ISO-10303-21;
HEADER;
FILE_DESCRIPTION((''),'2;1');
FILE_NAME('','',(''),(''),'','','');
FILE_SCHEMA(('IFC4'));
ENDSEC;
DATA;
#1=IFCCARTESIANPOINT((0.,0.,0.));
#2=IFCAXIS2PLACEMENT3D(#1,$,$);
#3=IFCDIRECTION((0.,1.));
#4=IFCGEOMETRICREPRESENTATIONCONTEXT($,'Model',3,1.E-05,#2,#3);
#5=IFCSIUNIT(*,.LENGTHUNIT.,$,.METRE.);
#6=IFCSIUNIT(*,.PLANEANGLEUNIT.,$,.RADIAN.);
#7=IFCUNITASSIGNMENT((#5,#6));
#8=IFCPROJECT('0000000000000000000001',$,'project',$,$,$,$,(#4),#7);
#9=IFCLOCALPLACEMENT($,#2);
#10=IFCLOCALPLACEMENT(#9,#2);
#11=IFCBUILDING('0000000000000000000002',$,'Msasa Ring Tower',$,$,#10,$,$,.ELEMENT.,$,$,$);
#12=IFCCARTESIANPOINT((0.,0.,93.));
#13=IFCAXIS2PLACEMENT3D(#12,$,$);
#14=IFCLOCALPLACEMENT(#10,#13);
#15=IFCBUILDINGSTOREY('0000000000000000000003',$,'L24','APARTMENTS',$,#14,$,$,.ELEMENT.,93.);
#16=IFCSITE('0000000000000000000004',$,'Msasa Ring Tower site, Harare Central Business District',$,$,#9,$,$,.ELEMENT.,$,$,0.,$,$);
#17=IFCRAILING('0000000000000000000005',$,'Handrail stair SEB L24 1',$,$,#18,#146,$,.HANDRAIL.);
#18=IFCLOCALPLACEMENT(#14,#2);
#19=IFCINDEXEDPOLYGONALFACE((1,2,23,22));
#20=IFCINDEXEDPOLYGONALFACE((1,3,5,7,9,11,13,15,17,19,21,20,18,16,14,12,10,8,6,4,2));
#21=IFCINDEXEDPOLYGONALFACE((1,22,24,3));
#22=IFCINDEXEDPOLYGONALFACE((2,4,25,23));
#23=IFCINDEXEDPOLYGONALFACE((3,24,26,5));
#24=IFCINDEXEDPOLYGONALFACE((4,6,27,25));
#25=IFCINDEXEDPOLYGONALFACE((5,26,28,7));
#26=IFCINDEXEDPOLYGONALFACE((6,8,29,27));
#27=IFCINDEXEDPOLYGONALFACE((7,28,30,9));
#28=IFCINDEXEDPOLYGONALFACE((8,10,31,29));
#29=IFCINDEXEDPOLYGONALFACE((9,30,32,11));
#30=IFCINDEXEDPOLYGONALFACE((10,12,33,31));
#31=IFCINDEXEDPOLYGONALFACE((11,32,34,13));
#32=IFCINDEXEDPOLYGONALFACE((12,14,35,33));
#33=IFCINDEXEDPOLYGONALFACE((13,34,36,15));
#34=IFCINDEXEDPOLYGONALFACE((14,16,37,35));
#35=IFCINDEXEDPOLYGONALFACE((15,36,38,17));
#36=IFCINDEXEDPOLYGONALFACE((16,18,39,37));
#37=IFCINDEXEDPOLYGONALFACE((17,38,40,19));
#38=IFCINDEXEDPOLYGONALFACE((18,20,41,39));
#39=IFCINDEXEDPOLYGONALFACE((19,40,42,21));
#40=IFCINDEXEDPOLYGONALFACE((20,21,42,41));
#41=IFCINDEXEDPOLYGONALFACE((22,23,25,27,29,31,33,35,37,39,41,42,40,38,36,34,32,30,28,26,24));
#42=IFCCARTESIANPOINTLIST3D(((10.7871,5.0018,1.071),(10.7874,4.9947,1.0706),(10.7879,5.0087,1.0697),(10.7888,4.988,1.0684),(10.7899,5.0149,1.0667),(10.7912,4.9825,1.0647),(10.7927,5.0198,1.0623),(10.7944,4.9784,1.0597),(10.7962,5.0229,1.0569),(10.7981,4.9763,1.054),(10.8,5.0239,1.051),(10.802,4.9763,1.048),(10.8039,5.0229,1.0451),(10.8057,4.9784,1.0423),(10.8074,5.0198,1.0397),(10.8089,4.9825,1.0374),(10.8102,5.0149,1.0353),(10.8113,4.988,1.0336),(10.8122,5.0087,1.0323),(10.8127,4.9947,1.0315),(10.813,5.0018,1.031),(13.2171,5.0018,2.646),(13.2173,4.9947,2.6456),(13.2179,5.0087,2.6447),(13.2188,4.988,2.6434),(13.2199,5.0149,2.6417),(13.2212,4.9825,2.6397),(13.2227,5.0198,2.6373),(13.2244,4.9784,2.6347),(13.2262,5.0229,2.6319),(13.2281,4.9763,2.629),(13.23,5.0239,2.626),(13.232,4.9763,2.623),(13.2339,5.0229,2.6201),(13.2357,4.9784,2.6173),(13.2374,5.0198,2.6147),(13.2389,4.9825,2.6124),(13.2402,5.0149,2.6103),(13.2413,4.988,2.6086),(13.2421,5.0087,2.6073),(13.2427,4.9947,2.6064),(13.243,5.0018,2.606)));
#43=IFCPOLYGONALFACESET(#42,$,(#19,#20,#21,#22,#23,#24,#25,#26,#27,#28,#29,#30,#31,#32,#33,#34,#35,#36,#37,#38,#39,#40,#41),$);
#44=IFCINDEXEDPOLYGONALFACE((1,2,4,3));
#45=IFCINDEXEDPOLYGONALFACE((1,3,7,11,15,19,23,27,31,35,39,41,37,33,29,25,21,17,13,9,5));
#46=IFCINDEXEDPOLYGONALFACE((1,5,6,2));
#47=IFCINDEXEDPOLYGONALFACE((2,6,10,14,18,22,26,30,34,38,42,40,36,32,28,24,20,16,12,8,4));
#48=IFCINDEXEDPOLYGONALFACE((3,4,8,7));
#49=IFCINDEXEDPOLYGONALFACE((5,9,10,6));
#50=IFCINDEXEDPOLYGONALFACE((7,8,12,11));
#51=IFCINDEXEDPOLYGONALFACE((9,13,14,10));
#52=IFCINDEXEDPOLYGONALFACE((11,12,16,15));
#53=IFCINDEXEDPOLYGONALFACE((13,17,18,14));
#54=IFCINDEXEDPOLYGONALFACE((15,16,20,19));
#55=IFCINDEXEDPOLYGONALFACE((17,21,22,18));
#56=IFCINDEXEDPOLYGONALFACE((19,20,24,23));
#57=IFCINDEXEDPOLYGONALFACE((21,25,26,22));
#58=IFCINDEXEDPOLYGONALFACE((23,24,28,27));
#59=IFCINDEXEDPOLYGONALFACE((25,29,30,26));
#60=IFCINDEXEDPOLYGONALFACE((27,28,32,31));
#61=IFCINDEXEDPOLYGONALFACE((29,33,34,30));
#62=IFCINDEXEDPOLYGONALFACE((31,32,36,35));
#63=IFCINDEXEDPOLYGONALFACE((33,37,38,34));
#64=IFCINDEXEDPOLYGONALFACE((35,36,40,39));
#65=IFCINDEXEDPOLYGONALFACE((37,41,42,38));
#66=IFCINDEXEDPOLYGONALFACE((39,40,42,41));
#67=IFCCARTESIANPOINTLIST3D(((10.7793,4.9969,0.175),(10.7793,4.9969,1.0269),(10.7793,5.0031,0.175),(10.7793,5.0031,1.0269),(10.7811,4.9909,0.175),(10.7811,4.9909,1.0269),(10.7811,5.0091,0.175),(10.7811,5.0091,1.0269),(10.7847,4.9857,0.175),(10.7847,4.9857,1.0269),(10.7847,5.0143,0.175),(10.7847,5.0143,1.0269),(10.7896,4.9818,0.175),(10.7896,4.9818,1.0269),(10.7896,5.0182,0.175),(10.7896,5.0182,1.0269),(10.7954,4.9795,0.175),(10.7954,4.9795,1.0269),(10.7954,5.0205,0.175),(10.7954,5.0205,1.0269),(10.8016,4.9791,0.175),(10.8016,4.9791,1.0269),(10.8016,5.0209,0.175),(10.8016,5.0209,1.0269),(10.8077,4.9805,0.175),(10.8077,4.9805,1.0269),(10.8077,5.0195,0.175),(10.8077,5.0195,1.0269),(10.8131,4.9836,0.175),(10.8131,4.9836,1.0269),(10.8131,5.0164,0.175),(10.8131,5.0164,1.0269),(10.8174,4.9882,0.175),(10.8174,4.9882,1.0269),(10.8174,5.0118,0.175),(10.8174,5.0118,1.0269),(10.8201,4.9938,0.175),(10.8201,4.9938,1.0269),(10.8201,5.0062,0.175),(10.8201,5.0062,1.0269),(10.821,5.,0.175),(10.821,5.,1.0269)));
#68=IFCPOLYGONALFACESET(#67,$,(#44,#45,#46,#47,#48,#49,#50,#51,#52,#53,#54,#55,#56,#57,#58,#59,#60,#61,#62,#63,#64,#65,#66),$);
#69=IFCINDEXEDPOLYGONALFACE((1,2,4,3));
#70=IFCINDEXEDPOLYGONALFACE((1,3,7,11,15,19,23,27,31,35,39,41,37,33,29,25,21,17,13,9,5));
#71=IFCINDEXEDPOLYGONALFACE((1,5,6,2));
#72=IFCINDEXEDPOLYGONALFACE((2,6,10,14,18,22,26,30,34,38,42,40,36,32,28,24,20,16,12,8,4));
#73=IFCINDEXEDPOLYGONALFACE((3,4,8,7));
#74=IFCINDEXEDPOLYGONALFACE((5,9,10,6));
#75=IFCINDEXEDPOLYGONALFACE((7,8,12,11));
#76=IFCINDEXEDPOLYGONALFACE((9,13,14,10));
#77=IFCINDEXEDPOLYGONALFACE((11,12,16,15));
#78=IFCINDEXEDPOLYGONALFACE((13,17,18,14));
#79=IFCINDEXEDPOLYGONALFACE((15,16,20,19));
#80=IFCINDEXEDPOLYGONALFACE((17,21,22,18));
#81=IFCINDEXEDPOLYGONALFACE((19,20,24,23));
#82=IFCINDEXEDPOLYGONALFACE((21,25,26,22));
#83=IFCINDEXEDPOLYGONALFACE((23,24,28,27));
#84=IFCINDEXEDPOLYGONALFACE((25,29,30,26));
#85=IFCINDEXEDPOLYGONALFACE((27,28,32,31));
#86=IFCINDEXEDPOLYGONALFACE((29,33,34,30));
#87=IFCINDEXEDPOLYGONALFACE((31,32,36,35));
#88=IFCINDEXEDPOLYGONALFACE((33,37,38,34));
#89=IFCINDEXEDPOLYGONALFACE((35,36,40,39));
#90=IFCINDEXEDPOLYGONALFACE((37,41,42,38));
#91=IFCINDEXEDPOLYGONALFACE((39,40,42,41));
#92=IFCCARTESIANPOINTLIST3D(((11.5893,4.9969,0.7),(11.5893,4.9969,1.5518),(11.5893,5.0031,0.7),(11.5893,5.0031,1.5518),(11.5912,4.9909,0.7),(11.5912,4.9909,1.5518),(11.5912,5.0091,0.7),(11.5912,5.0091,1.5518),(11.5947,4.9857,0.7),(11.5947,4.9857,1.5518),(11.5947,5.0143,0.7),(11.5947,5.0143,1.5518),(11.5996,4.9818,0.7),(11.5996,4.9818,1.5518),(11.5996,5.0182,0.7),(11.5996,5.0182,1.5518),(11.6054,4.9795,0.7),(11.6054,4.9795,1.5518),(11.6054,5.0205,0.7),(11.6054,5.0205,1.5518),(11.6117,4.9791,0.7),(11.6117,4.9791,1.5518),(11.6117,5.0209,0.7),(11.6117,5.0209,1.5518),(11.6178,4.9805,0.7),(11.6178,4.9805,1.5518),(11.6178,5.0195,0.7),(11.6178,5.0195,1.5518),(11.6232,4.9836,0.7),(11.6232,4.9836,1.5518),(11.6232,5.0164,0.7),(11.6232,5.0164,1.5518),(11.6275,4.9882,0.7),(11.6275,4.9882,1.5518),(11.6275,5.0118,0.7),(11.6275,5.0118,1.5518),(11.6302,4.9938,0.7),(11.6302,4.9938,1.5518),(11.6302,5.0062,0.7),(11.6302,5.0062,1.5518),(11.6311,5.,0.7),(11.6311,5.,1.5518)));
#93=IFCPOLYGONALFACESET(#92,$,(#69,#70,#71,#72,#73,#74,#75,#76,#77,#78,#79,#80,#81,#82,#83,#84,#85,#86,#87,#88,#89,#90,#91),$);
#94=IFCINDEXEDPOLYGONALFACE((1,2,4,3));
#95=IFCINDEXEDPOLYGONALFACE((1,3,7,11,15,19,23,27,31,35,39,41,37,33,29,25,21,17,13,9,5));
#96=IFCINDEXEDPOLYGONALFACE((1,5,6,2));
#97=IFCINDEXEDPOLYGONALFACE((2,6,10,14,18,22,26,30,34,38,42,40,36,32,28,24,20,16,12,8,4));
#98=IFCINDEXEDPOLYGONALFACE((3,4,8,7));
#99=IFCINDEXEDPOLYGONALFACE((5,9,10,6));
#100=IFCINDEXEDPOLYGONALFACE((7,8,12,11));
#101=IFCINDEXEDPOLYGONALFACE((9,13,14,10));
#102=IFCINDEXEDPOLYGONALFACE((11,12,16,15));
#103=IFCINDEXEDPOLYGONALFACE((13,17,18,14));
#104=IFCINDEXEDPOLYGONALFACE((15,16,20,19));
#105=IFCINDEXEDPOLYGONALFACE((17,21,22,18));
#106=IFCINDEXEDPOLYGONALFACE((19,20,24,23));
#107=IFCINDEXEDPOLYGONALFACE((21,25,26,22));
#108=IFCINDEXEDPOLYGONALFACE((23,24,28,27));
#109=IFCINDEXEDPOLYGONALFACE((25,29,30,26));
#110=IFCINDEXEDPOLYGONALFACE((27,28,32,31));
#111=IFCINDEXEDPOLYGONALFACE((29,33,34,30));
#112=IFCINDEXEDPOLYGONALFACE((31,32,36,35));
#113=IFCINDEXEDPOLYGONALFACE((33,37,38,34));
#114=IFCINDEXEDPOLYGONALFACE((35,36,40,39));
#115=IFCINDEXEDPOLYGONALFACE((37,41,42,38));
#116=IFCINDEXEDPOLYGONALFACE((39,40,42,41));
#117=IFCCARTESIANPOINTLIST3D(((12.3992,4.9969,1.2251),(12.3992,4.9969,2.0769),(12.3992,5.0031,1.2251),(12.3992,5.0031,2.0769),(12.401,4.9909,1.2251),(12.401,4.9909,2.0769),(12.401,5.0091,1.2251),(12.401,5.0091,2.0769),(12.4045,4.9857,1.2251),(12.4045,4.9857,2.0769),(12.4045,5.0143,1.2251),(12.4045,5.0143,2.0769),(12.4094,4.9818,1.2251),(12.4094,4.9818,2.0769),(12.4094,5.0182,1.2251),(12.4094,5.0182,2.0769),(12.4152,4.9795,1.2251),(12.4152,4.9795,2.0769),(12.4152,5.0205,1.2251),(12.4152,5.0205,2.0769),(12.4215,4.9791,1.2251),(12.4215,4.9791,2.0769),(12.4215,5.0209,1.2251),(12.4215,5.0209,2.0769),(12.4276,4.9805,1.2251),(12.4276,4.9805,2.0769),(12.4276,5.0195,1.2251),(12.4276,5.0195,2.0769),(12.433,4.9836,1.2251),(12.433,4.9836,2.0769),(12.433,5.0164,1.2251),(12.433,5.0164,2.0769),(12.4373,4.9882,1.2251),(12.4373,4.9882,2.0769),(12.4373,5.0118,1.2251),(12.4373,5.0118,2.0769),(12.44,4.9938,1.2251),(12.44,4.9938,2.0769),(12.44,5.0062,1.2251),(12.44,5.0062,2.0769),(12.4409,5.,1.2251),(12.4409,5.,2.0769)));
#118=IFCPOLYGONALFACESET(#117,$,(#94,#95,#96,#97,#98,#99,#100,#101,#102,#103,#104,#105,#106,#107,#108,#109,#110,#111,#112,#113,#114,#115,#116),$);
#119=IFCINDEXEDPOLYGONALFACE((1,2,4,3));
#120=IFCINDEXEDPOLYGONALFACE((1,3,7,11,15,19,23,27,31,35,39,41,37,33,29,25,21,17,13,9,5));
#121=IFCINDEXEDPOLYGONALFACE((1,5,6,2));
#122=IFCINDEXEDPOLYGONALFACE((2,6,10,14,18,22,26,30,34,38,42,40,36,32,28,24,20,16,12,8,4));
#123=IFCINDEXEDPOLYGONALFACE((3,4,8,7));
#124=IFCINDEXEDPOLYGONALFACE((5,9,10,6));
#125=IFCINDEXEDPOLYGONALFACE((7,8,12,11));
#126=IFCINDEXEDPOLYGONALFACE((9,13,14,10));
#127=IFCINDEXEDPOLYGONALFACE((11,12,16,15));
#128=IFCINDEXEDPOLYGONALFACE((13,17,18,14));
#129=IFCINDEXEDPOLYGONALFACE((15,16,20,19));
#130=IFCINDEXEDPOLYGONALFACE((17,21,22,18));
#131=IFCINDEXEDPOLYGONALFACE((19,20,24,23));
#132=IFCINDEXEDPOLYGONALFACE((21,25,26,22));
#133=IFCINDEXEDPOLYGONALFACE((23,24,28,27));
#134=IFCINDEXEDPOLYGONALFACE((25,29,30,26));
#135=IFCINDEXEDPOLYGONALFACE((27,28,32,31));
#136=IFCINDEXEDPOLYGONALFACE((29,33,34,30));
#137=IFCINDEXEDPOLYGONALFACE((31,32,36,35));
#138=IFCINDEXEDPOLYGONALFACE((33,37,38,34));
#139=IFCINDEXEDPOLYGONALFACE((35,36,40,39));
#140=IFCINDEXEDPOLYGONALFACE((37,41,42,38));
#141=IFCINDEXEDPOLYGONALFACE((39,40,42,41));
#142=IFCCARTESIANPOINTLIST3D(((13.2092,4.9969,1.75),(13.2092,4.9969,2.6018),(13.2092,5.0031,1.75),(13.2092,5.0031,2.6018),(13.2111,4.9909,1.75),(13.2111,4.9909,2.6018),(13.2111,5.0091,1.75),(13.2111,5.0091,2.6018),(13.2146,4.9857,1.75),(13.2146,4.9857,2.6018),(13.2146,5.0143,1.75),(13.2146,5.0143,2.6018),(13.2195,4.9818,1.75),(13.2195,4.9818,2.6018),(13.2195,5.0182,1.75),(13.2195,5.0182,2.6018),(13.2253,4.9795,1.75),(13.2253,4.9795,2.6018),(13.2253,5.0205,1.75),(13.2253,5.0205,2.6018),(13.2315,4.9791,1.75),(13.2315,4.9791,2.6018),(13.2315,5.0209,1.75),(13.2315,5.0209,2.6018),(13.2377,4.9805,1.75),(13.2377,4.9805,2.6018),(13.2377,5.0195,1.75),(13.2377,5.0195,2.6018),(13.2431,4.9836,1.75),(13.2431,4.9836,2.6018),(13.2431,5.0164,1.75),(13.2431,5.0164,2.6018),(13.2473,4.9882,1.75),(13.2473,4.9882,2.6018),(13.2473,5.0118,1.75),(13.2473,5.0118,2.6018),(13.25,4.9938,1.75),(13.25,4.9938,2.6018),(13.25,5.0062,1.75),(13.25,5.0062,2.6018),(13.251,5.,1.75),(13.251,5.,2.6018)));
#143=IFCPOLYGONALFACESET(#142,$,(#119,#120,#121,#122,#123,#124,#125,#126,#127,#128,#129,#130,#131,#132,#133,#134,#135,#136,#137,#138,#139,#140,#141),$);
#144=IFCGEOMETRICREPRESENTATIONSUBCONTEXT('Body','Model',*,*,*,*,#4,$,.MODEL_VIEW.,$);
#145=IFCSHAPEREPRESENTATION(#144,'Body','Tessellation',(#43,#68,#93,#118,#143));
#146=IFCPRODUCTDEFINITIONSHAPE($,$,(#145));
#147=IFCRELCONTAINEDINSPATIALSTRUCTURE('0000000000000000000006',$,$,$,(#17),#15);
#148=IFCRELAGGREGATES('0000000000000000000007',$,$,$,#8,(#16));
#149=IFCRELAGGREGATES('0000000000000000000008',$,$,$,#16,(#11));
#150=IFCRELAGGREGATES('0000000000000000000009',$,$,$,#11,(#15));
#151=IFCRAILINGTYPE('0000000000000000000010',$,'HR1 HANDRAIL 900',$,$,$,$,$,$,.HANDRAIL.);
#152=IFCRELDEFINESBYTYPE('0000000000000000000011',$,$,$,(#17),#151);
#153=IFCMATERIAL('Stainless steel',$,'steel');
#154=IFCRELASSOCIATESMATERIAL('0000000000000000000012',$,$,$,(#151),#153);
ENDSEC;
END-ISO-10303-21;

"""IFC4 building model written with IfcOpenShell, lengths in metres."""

from ifc_helpers import new_model, si_unit, direction, frame, origin, origin_2d, place, context, subcontext, project, spatial, circle, extrude, material, type_object, element, save


model = new_model("IFC4")

# Units and contexts
model_context = context("Model", 3, precision=1e-05, world=origin(), true_north=direction((0.0, 1.0)))
body_context = subcontext(model_context, "Body", "Model", "MODEL_VIEW")
ifc_project = project(units=[si_unit("LENGTHUNIT", "METRE"), si_unit("PLANEANGLEUNIT", "RADIAN")], contexts=[model_context])

# Site, building, storey
site_placement = place(None, origin())
site = spatial("IfcSite", under=ifc_project, at=site_placement, Name="Msasa Ring Tower site, Harare Central Business District", CompositionType="ELEMENT", RefElevation=0.0)
building_placement = place(site_placement, origin())
building = spatial("IfcBuilding", under=site, at=building_placement, Name="Msasa Ring Tower", CompositionType="ELEMENT")
storey_placement = place(building_placement, frame((0.0, 0.0, 93.0)))
storey = spatial("IfcBuildingStorey", under=building, at=storey_placement, Name="L24", Description="APARTMENTS", CompositionType="ELEMENT", Elevation=93.0)

# Railing
ifc_material_1 = material(Name="Stainless steel", Category="steel")
railing_type = type_object("IfcRailingType", Name="HR1 HANDRAIL 900", PredefinedType="HANDRAIL", material=ifc_material_1)
for number, where, name in (
    (1, (10.8, 5.0, 0.175), "Handrail stair SEB L24 1"),
):
    element("IfcRailing", number, at=place(storey_placement, frame(where)), inside=storey, type_object=railing_type, Name=name, PredefinedType="HANDRAIL", context=body_context, shape_type="SweptSolid", body=[
        extrude(circle(Radius=0.0239, at=origin_2d()), frame((0.0, 0.0, 0.876), z_axis=(0.839154, 0.0, 0.543894), x_axis=(0.0, 1.0, 0.0)), (0.0, 0.0, 1.0), 2.8958),
        extrude(circle(Radius=0.021, at=origin_2d()), origin(), (0.0, 0.0, 1.0), 0.8518),
        extrude(circle(Radius=0.021, at=origin_2d()), frame((0.8101, 0.0, 0.5249)), (0.0, 0.0, 1.0), 0.8518),
        extrude(circle(Radius=0.021, at=origin_2d()), frame((1.6199, 0.0, 1.05)), (0.0, 0.0, 1.0), 0.8518),
        extrude(circle(Radius=0.021, at=origin_2d()), frame((2.4299, 0.0, 1.575)), (0.0, 0.0, 1.0), 0.8518),
    ])

save(model, "model.ifc")
